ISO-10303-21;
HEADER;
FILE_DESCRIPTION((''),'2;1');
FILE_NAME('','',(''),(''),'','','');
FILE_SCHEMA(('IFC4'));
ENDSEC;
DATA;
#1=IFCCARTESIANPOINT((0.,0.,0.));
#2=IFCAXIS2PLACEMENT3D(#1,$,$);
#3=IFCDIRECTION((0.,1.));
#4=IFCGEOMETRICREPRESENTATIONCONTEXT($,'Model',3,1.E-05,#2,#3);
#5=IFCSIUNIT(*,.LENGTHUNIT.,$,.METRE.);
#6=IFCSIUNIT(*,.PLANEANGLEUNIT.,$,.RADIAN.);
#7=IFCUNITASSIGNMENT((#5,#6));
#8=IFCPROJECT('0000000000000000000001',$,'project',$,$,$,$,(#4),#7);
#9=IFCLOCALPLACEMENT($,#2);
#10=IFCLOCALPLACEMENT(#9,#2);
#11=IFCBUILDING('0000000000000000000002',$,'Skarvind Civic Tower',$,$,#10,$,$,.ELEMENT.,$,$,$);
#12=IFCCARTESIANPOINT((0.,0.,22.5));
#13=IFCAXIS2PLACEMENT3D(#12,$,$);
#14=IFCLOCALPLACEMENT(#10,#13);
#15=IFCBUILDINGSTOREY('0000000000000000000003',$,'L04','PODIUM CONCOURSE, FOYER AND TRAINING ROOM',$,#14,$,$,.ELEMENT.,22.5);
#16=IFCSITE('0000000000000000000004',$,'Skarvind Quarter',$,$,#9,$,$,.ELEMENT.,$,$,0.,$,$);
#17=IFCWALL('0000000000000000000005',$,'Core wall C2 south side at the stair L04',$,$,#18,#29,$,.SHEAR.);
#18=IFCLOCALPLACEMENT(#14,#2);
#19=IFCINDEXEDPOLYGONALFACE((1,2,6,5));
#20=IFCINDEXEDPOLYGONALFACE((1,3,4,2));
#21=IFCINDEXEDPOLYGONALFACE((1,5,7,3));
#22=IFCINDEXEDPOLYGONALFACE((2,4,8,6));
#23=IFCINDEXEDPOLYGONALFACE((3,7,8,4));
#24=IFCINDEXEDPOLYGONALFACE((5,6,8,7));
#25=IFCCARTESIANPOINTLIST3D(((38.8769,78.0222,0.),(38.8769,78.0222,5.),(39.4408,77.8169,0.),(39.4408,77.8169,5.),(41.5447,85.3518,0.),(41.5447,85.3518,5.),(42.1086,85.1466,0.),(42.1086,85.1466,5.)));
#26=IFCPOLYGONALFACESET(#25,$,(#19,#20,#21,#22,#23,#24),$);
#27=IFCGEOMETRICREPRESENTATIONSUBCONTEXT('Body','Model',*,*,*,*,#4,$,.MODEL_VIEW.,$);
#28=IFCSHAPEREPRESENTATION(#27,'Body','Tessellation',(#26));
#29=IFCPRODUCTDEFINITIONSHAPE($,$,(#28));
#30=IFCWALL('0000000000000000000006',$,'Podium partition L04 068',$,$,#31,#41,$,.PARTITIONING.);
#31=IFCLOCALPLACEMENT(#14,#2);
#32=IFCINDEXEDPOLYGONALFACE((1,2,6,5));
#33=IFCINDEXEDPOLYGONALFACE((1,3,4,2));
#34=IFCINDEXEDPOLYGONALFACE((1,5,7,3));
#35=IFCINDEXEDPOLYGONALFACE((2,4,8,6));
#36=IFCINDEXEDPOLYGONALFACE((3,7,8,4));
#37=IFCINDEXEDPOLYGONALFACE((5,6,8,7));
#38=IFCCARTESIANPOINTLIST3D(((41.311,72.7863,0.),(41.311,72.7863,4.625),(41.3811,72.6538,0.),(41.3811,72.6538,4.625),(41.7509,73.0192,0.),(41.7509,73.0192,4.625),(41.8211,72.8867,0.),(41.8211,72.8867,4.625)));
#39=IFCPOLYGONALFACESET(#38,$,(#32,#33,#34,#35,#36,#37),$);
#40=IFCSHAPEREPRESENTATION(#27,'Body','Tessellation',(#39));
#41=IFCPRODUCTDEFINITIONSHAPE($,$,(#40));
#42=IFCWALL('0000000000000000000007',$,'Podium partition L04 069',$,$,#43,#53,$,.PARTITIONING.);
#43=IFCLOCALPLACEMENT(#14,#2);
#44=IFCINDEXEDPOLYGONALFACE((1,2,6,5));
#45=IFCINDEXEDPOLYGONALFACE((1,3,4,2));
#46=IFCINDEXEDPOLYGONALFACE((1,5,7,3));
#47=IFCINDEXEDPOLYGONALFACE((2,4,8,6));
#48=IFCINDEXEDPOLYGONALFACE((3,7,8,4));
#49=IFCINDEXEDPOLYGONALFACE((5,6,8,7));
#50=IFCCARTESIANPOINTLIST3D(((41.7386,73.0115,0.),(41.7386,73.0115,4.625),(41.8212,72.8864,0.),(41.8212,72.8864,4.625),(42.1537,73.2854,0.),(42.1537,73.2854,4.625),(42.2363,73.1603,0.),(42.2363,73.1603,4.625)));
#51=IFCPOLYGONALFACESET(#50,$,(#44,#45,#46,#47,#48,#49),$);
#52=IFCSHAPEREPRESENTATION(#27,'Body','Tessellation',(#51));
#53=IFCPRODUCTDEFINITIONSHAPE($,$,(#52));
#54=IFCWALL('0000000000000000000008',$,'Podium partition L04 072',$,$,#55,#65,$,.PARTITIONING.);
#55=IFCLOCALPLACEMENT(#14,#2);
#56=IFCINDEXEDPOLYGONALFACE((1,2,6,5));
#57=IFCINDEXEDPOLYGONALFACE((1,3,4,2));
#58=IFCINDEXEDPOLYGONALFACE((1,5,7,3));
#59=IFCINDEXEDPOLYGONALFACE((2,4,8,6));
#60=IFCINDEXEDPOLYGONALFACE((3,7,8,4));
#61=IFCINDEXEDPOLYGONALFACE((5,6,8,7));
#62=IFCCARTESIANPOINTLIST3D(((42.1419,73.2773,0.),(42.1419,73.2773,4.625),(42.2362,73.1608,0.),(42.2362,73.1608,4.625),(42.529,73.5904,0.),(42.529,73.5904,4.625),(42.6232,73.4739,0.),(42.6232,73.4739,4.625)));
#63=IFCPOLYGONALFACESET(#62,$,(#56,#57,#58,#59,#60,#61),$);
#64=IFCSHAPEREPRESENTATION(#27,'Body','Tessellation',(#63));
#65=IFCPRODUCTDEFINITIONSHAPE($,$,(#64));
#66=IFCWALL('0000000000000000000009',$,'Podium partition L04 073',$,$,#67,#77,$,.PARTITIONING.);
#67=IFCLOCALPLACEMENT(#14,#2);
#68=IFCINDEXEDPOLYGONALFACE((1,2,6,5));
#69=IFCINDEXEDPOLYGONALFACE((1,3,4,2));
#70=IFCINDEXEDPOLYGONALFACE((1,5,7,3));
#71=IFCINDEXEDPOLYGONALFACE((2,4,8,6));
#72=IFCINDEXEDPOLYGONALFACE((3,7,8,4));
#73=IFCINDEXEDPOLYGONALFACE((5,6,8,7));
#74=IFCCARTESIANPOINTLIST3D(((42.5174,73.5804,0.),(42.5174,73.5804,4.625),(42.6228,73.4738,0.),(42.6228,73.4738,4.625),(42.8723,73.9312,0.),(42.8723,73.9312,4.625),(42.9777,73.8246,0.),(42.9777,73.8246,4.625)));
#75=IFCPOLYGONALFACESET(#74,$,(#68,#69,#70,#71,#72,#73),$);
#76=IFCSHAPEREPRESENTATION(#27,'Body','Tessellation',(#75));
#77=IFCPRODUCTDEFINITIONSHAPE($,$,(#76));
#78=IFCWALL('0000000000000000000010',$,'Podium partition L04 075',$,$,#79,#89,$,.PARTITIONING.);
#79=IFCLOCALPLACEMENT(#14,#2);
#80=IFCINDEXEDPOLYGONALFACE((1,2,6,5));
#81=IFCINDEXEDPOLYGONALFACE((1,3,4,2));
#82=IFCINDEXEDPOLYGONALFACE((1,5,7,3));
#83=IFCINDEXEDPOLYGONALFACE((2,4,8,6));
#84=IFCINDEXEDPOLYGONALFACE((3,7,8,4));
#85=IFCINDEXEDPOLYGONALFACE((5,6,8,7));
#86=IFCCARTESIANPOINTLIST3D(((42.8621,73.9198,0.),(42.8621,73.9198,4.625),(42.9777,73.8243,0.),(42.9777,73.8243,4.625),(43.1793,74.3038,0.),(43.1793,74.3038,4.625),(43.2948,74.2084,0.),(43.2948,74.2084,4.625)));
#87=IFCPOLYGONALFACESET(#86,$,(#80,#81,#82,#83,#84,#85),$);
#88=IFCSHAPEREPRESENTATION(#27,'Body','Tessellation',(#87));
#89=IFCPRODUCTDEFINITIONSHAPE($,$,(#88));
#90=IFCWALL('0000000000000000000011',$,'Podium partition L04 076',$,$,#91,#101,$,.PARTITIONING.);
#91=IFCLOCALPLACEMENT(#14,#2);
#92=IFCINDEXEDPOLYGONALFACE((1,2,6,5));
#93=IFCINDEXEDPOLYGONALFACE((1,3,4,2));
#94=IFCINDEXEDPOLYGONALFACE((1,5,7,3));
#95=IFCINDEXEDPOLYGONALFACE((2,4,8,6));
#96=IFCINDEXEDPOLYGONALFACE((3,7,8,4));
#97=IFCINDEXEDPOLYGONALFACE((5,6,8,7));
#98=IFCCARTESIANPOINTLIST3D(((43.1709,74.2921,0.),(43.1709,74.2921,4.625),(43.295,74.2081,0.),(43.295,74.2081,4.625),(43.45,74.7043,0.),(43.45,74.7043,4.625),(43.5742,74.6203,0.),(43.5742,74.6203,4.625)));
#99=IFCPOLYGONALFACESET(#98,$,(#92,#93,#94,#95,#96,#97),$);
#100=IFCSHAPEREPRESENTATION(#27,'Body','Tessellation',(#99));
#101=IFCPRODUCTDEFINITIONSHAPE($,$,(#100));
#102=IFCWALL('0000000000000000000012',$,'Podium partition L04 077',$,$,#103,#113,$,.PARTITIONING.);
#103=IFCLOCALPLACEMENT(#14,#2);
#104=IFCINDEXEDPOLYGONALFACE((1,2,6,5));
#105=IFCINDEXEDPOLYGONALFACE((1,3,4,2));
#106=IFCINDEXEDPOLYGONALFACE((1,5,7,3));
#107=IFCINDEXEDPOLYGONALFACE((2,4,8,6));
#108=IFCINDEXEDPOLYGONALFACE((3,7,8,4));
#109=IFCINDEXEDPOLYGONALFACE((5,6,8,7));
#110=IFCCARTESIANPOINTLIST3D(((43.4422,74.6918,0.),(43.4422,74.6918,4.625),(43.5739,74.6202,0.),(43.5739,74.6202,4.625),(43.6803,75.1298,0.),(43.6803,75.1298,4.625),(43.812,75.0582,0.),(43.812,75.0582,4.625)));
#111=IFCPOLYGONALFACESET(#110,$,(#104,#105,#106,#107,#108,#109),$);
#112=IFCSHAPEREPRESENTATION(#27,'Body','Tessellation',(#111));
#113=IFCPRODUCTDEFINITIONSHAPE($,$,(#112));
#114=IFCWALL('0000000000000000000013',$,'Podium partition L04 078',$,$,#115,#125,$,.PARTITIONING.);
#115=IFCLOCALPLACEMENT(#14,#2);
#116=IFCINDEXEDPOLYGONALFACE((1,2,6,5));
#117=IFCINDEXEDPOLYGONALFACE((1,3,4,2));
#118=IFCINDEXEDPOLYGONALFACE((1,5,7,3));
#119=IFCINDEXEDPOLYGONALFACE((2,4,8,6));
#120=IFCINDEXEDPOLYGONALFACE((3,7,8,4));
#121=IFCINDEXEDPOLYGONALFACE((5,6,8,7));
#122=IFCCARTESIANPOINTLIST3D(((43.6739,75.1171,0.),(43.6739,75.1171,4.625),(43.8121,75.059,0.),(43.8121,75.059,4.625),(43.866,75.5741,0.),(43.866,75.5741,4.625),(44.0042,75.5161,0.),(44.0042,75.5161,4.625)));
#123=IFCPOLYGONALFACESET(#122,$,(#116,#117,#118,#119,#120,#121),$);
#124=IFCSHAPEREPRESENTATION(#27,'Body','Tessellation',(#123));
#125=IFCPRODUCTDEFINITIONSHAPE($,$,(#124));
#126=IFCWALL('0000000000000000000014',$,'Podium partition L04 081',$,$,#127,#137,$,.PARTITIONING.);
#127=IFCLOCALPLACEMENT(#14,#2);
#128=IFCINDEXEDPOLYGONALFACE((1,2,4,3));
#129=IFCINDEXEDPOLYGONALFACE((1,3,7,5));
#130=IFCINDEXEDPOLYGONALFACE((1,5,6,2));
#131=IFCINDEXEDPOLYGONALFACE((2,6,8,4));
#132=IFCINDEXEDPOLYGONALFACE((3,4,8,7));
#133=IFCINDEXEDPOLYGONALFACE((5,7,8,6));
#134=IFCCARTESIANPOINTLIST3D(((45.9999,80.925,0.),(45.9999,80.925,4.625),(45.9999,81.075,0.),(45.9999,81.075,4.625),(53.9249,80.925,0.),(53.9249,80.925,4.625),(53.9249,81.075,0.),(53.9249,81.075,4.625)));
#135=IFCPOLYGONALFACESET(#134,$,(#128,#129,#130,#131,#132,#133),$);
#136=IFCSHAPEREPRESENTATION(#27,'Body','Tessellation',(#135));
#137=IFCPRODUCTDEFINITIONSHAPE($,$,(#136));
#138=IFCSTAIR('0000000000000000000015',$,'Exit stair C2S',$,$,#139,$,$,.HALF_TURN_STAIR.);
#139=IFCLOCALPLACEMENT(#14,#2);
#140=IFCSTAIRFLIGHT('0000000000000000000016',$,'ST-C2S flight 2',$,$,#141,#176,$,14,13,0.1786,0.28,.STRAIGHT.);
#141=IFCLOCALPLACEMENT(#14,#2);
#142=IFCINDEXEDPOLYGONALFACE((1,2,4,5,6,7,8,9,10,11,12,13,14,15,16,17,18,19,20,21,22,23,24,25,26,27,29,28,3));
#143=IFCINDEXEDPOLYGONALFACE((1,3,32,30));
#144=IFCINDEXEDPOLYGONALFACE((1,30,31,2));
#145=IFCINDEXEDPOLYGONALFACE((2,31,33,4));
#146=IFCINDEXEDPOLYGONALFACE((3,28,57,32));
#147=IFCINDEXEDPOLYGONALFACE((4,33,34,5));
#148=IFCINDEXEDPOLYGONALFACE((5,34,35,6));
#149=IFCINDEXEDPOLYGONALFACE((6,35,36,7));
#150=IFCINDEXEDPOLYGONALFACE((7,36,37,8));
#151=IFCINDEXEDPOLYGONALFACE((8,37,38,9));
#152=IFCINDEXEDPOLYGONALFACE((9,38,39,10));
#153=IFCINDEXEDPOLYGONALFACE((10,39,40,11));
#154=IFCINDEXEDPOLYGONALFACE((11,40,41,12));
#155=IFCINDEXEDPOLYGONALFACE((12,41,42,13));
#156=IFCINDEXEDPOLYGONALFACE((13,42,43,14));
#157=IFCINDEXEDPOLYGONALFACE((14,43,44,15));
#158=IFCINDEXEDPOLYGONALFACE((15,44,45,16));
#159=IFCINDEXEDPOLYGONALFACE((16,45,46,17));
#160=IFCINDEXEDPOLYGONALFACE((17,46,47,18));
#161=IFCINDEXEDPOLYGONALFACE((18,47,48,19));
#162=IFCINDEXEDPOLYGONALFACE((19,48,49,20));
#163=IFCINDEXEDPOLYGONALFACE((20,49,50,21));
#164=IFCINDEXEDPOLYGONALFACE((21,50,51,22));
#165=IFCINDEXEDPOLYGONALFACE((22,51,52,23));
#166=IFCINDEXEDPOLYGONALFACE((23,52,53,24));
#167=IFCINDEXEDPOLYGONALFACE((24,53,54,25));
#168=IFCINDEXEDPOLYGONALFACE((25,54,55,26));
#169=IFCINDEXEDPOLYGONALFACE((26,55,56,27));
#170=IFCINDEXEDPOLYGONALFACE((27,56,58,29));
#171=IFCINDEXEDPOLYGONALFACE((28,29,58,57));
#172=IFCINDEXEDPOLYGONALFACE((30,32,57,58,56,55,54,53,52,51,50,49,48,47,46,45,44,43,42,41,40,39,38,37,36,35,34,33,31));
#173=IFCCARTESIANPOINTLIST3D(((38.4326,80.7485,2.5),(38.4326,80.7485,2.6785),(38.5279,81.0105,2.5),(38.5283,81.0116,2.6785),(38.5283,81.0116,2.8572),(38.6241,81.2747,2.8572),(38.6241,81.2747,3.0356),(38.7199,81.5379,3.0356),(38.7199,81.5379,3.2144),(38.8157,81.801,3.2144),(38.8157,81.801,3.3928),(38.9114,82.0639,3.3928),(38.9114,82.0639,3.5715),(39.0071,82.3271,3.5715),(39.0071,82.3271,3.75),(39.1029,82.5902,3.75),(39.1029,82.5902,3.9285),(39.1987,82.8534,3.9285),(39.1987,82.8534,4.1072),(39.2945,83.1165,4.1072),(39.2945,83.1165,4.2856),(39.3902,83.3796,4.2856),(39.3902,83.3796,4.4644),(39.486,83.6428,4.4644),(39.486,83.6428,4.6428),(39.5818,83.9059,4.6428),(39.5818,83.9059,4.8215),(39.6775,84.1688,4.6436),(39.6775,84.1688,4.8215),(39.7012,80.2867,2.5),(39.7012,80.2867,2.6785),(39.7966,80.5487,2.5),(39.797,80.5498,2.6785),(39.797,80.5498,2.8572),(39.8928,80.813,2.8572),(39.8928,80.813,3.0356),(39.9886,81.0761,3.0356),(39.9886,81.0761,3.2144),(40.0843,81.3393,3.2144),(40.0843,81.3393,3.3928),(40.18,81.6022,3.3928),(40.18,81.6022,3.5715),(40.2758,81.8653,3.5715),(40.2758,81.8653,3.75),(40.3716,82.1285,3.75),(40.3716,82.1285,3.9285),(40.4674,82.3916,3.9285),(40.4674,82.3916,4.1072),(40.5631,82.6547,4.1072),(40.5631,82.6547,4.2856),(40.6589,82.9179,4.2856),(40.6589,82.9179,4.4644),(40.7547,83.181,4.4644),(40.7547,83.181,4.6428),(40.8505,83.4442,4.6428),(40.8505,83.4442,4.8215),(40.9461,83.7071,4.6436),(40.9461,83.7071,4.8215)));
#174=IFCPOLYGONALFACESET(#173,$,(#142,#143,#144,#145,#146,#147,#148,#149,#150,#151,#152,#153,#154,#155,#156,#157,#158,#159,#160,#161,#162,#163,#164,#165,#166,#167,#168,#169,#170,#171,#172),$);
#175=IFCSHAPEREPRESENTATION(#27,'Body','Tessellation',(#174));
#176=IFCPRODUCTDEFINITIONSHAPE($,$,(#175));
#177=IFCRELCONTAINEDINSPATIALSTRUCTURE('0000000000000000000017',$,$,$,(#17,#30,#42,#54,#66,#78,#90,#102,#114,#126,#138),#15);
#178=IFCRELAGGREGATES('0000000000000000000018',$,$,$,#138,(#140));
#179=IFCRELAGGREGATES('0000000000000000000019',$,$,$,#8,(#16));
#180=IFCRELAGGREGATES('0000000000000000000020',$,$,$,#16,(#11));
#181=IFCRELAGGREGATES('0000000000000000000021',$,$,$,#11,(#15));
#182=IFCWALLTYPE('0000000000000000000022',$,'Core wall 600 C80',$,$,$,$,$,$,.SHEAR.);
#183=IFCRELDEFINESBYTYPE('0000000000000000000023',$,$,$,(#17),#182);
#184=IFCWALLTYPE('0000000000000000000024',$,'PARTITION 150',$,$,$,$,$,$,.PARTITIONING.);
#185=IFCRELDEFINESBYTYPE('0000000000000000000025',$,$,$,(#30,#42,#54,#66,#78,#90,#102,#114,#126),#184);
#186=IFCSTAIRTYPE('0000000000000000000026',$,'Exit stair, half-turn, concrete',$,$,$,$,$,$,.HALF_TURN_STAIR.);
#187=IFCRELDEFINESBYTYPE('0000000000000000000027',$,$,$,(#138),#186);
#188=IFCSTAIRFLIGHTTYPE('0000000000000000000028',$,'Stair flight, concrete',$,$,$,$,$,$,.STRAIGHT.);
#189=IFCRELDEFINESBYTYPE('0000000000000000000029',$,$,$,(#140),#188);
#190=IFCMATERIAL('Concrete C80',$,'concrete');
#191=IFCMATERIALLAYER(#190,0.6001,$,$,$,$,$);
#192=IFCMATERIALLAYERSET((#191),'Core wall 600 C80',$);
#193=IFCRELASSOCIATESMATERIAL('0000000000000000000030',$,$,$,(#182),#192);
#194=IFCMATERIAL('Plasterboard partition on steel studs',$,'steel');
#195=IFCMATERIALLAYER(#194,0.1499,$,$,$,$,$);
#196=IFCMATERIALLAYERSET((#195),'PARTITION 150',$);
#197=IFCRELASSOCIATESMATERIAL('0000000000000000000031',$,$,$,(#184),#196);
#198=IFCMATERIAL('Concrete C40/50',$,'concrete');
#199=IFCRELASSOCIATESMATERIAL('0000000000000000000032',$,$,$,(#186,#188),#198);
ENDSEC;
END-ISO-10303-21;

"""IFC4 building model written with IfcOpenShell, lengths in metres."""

from ifc_helpers import new_model, si_unit, direction, frame, frame_2d, origin, place, context, subcontext, project, spatial, polyline, rectangle, outline, extrude, material, layer, layer_set, type_object, element, aggregate, save


model = new_model("IFC4")

# Units and contexts
model_context = context("Model", 3, precision=1e-05, world=origin(), true_north=direction((0.0, 1.0)))
body_context = subcontext(model_context, "Body", "Model", "MODEL_VIEW")
ifc_project = project(units=[si_unit("LENGTHUNIT", "METRE"), si_unit("PLANEANGLEUNIT", "RADIAN")], contexts=[model_context])

# Site, building, storey
site_placement = place(None, origin())
site = spatial("IfcSite", under=ifc_project, at=site_placement, Name="Skarvind Quarter", CompositionType="ELEMENT", RefElevation=0.0)
building_placement = place(site_placement, origin())
building = spatial("IfcBuilding", under=site, at=building_placement, Name="Skarvind Civic Tower", CompositionType="ELEMENT")
storey_placement = place(building_placement, frame((0.0, 0.0, 22.5)))
storey = spatial("IfcBuildingStorey", under=building, at=storey_placement, Name="L04", Description="PODIUM CONCOURSE, FOYER AND TRAINING ROOM", CompositionType="ELEMENT", Elevation=22.5)

# Shared definitions
ifc_material_1 = material(Name="Concrete C80", Category="concrete")

# Walls
ifc_layer_1 = layer(ifc_material_1, 0.6001)
ifc_layer_set_1 = layer_set([ifc_layer_1], Name="Core wall 600 C80")
wall_type_1 = type_object("IfcWallType", Name="Core wall 600 C80", PredefinedType="SHEAR", material=ifc_layer_set_1)
wall_1_placement = place(storey_placement, frame((39.1589, 77.9197, 0.0), z_axis=(0.0, 0.0, 1.0), x_axis=(0.342017, 0.939694, 0.0)))
element("IfcWall", 1, at=wall_1_placement, inside=storey, type_object=wall_type_1, Name="Core wall C2 south side at the stair L04", PredefinedType="SHEAR", context=body_context, shape_type="SweptSolid", body=[
    extrude(rectangle(XDim=7.8, YDim=0.6001, at=frame_2d((3.8999, 0.0))), origin(), (0.0, 0.0, 1.0), 5.0),
])
ifc_material_2 = material(Name="Plasterboard partition on steel studs", Category="steel")
ifc_layer_2 = layer(ifc_material_2, 0.1499)
ifc_layer_set_2 = layer_set([ifc_layer_2], Name="PARTITION 150")
wall_type_2 = type_object("IfcWallType", Name="PARTITION 150", PredefinedType="PARTITIONING", material=ifc_layer_set_2)
wall_2_placement = place(storey_placement, frame((41.3459, 72.72, 0.0), z_axis=(0.0, 0.0, 1.0), x_axis=(0.883788, 0.467888, 0.0)))
element("IfcWall", 2, at=wall_2_placement, inside=storey, type_object=wall_type_2, Name="Podium partition L04 068", PredefinedType="PARTITIONING", context=body_context, shape_type="SweptSolid", body=[
    extrude(rectangle(XDim=0.4978, YDim=0.1499, at=frame_2d((0.249, 0.0))), origin(), (0.0, 0.0, 1.0), 4.625),
])
wall_3_placement = place(storey_placement, frame((41.78, 72.949, 0.0), z_axis=(0.0, 0.0, 1.0), x_axis=(0.834609, 0.550842, 0.0)))
element("IfcWall", 3, at=wall_3_placement, inside=storey, type_object=wall_type_2, Name="Podium partition L04 069", PredefinedType="PARTITIONING", context=body_context, shape_type="SweptSolid", body=[
    extrude(rectangle(XDim=0.4973, YDim=0.1499, at=frame_2d((0.2485, 0.0))), origin(), (0.0, 0.0, 1.0), 4.625),
])
wall_4_placement = place(storey_placement, frame((42.189, 73.219, 0.0), z_axis=(0.0, 0.0, 1.0), x_axis=(0.777508, 0.628874, 0.0)))
element("IfcWall", 4, at=wall_4_placement, inside=storey, type_object=wall_type_2, Name="Podium partition L04 072", PredefinedType="PARTITIONING", context=body_context, shape_type="SweptSolid", body=[
    extrude(rectangle(XDim=0.4978, YDim=0.1499, at=frame_2d((0.249, 0.0))), origin(), (0.0, 0.0, 1.0), 4.625),
])
wall_5_placement = place(storey_placement, frame((42.5701, 73.5271, 0.0), z_axis=(0.0, 0.0, 1.0), x_axis=(0.711252, 0.702937, 0.0)))
element("IfcWall", 5, at=wall_5_placement, inside=storey, type_object=wall_type_2, Name="Podium partition L04 073", PredefinedType="PARTITIONING", context=body_context, shape_type="SweptSolid", body=[
    extrude(rectangle(XDim=0.499, YDim=0.1499, at=frame_2d((0.2495, 0.0))), origin(), (0.0, 0.0, 1.0), 4.625),
])
wall_6_placement = place(storey_placement, frame((42.9199, 73.8721, 0.0), z_axis=(0.0, 0.0, 1.0), x_axis=(0.636755, 0.771066, 0.0)))
element("IfcWall", 6, at=wall_6_placement, inside=storey, type_object=wall_type_2, Name="Podium partition L04 075", PredefinedType="PARTITIONING", context=body_context, shape_type="SweptSolid", body=[
    extrude(rectangle(XDim=0.498, YDim=0.1499, at=frame_2d((0.249, 0.0))), origin(), (0.0, 0.0, 1.0), 4.625),
])
wall_7_placement = place(storey_placement, frame((43.2329, 74.25, 0.0), z_axis=(0.0, 0.0, 1.0), x_axis=(0.560685, 0.828029, 0.0)))
element("IfcWall", 7, at=wall_7_placement, inside=storey, type_object=wall_type_2, Name="Podium partition L04 076", PredefinedType="PARTITIONING", context=body_context, shape_type="SweptSolid", body=[
    extrude(rectangle(XDim=0.4978, YDim=0.1499, at=frame_2d((0.249, 0.0))), origin(), (0.0, 0.0, 1.0), 4.625),
])
wall_8_placement = place(storey_placement, frame((43.5081, 74.656, 0.0), z_axis=(0.0, 0.0, 1.0), x_axis=(0.477513, 0.878625, 0.0)))
element("IfcWall", 8, at=wall_8_placement, inside=storey, type_object=wall_type_2, Name="Podium partition L04 077", PredefinedType="PARTITIONING", context=body_context, shape_type="SweptSolid", body=[
    extrude(rectangle(XDim=0.4985, YDim=0.1499, at=frame_2d((0.2493, 0.0))), origin(), (0.0, 0.0, 1.0), 4.625),
])
wall_9_placement = place(storey_placement, frame((43.7429, 75.0879, 0.0), z_axis=(0.0, 0.0, 1.0), x_axis=(0.387551, 0.921848, 0.0)))
element("IfcWall", 9, at=wall_9_placement, inside=storey, type_object=wall_type_2, Name="Podium partition L04 078", PredefinedType="PARTITIONING", context=body_context, shape_type="SweptSolid", body=[
    extrude(rectangle(XDim=0.4958, YDim=0.1499, at=frame_2d((0.248, 0.0))), origin(), (0.0, 0.0, 1.0), 4.625),
])
wall_10_placement = place(storey_placement, frame((46.0, 81.0, 0.0), z_axis=(0.0, 0.0, 1.0), x_axis=(1.0, 0.0, 0.0)))
element("IfcWall", 10, at=wall_10_placement, inside=storey, type_object=wall_type_2, Name="Podium partition L04 081", PredefinedType="PARTITIONING", context=body_context, shape_type="SweptSolid", body=[
    extrude(rectangle(XDim=7.925, YDim=0.1499, at=frame_2d((3.9624, 0.0))), origin(), (0.0, 0.0, 1.0), 4.625),
])

# Stair, stair flight
ifc_material_3 = material(Name="Concrete C40/50", Category="concrete")
stair_type = type_object("IfcStairType", Name="Exit stair, half-turn, concrete", PredefinedType="HALF_TURN_STAIR", material=ifc_material_3)
stair_placement = place(storey_placement, origin())
stair = element("IfcStair", 11, at=stair_placement, inside=storey, type_object=stair_type, Name="Exit stair C2S", PredefinedType="HALF_TURN_STAIR")
stair_flight_type = type_object("IfcStairFlightType", Name="Stair flight, concrete", PredefinedType="STRAIGHT", material=ifc_material_3)
stair_flight_placement = place(storey_placement, frame((39.0669, 80.5176, 2.5), z_axis=(0.0, 0.0, 1.0), x_axis=(0.34202, 0.939693, 0.0)))
stair_flight = element("IfcStairFlight", 12, at=stair_flight_placement, type_object=stair_flight_type, Name="ST-C2S flight 2", NumberOfRisers=14, NumberOfTreads=13, PredefinedType="STRAIGHT", RiserHeight=0.1786, TreadLength=0.28, context=body_context, shape_type="SweptSolid", body=[
    extrude(outline(polyline([(0.0, 0.0), (0.0, 0.1785), (0.28, 0.1785), (0.28, 0.3572), (0.5601, 0.3572), (0.5601, 0.5356), (0.8401, 0.5356), (0.8401, 0.7144), (1.1201, 0.7144), (1.1201, 0.8928), (1.3999, 0.8928), (1.3999, 1.0715), (1.6799, 1.0715), (1.6799, 1.25), (1.96, 1.25), (1.96, 1.4285), (2.24, 1.4285), (2.24, 1.6072), (2.52, 1.6072), (2.52, 1.7856), (2.8, 1.7856), (2.8, 1.9644), (3.0801, 1.9644), (3.0801, 2.1428), (3.3601, 2.1428), (3.3601, 2.3215), (3.6399, 2.3215), (3.6399, 2.5), (3.6399, 2.1436), (0.2788, 0.0), (0.0, 0.0)])), frame((0.0, 0.675, 0.0), z_axis=(0.0, -1.0, 0.0), x_axis=(1.0, 0.0, 0.0)), (0.0, 0.0, 1.0), 1.3501),
])
aggregate(stair, [stair_flight])

save(model, "model.ifc")
